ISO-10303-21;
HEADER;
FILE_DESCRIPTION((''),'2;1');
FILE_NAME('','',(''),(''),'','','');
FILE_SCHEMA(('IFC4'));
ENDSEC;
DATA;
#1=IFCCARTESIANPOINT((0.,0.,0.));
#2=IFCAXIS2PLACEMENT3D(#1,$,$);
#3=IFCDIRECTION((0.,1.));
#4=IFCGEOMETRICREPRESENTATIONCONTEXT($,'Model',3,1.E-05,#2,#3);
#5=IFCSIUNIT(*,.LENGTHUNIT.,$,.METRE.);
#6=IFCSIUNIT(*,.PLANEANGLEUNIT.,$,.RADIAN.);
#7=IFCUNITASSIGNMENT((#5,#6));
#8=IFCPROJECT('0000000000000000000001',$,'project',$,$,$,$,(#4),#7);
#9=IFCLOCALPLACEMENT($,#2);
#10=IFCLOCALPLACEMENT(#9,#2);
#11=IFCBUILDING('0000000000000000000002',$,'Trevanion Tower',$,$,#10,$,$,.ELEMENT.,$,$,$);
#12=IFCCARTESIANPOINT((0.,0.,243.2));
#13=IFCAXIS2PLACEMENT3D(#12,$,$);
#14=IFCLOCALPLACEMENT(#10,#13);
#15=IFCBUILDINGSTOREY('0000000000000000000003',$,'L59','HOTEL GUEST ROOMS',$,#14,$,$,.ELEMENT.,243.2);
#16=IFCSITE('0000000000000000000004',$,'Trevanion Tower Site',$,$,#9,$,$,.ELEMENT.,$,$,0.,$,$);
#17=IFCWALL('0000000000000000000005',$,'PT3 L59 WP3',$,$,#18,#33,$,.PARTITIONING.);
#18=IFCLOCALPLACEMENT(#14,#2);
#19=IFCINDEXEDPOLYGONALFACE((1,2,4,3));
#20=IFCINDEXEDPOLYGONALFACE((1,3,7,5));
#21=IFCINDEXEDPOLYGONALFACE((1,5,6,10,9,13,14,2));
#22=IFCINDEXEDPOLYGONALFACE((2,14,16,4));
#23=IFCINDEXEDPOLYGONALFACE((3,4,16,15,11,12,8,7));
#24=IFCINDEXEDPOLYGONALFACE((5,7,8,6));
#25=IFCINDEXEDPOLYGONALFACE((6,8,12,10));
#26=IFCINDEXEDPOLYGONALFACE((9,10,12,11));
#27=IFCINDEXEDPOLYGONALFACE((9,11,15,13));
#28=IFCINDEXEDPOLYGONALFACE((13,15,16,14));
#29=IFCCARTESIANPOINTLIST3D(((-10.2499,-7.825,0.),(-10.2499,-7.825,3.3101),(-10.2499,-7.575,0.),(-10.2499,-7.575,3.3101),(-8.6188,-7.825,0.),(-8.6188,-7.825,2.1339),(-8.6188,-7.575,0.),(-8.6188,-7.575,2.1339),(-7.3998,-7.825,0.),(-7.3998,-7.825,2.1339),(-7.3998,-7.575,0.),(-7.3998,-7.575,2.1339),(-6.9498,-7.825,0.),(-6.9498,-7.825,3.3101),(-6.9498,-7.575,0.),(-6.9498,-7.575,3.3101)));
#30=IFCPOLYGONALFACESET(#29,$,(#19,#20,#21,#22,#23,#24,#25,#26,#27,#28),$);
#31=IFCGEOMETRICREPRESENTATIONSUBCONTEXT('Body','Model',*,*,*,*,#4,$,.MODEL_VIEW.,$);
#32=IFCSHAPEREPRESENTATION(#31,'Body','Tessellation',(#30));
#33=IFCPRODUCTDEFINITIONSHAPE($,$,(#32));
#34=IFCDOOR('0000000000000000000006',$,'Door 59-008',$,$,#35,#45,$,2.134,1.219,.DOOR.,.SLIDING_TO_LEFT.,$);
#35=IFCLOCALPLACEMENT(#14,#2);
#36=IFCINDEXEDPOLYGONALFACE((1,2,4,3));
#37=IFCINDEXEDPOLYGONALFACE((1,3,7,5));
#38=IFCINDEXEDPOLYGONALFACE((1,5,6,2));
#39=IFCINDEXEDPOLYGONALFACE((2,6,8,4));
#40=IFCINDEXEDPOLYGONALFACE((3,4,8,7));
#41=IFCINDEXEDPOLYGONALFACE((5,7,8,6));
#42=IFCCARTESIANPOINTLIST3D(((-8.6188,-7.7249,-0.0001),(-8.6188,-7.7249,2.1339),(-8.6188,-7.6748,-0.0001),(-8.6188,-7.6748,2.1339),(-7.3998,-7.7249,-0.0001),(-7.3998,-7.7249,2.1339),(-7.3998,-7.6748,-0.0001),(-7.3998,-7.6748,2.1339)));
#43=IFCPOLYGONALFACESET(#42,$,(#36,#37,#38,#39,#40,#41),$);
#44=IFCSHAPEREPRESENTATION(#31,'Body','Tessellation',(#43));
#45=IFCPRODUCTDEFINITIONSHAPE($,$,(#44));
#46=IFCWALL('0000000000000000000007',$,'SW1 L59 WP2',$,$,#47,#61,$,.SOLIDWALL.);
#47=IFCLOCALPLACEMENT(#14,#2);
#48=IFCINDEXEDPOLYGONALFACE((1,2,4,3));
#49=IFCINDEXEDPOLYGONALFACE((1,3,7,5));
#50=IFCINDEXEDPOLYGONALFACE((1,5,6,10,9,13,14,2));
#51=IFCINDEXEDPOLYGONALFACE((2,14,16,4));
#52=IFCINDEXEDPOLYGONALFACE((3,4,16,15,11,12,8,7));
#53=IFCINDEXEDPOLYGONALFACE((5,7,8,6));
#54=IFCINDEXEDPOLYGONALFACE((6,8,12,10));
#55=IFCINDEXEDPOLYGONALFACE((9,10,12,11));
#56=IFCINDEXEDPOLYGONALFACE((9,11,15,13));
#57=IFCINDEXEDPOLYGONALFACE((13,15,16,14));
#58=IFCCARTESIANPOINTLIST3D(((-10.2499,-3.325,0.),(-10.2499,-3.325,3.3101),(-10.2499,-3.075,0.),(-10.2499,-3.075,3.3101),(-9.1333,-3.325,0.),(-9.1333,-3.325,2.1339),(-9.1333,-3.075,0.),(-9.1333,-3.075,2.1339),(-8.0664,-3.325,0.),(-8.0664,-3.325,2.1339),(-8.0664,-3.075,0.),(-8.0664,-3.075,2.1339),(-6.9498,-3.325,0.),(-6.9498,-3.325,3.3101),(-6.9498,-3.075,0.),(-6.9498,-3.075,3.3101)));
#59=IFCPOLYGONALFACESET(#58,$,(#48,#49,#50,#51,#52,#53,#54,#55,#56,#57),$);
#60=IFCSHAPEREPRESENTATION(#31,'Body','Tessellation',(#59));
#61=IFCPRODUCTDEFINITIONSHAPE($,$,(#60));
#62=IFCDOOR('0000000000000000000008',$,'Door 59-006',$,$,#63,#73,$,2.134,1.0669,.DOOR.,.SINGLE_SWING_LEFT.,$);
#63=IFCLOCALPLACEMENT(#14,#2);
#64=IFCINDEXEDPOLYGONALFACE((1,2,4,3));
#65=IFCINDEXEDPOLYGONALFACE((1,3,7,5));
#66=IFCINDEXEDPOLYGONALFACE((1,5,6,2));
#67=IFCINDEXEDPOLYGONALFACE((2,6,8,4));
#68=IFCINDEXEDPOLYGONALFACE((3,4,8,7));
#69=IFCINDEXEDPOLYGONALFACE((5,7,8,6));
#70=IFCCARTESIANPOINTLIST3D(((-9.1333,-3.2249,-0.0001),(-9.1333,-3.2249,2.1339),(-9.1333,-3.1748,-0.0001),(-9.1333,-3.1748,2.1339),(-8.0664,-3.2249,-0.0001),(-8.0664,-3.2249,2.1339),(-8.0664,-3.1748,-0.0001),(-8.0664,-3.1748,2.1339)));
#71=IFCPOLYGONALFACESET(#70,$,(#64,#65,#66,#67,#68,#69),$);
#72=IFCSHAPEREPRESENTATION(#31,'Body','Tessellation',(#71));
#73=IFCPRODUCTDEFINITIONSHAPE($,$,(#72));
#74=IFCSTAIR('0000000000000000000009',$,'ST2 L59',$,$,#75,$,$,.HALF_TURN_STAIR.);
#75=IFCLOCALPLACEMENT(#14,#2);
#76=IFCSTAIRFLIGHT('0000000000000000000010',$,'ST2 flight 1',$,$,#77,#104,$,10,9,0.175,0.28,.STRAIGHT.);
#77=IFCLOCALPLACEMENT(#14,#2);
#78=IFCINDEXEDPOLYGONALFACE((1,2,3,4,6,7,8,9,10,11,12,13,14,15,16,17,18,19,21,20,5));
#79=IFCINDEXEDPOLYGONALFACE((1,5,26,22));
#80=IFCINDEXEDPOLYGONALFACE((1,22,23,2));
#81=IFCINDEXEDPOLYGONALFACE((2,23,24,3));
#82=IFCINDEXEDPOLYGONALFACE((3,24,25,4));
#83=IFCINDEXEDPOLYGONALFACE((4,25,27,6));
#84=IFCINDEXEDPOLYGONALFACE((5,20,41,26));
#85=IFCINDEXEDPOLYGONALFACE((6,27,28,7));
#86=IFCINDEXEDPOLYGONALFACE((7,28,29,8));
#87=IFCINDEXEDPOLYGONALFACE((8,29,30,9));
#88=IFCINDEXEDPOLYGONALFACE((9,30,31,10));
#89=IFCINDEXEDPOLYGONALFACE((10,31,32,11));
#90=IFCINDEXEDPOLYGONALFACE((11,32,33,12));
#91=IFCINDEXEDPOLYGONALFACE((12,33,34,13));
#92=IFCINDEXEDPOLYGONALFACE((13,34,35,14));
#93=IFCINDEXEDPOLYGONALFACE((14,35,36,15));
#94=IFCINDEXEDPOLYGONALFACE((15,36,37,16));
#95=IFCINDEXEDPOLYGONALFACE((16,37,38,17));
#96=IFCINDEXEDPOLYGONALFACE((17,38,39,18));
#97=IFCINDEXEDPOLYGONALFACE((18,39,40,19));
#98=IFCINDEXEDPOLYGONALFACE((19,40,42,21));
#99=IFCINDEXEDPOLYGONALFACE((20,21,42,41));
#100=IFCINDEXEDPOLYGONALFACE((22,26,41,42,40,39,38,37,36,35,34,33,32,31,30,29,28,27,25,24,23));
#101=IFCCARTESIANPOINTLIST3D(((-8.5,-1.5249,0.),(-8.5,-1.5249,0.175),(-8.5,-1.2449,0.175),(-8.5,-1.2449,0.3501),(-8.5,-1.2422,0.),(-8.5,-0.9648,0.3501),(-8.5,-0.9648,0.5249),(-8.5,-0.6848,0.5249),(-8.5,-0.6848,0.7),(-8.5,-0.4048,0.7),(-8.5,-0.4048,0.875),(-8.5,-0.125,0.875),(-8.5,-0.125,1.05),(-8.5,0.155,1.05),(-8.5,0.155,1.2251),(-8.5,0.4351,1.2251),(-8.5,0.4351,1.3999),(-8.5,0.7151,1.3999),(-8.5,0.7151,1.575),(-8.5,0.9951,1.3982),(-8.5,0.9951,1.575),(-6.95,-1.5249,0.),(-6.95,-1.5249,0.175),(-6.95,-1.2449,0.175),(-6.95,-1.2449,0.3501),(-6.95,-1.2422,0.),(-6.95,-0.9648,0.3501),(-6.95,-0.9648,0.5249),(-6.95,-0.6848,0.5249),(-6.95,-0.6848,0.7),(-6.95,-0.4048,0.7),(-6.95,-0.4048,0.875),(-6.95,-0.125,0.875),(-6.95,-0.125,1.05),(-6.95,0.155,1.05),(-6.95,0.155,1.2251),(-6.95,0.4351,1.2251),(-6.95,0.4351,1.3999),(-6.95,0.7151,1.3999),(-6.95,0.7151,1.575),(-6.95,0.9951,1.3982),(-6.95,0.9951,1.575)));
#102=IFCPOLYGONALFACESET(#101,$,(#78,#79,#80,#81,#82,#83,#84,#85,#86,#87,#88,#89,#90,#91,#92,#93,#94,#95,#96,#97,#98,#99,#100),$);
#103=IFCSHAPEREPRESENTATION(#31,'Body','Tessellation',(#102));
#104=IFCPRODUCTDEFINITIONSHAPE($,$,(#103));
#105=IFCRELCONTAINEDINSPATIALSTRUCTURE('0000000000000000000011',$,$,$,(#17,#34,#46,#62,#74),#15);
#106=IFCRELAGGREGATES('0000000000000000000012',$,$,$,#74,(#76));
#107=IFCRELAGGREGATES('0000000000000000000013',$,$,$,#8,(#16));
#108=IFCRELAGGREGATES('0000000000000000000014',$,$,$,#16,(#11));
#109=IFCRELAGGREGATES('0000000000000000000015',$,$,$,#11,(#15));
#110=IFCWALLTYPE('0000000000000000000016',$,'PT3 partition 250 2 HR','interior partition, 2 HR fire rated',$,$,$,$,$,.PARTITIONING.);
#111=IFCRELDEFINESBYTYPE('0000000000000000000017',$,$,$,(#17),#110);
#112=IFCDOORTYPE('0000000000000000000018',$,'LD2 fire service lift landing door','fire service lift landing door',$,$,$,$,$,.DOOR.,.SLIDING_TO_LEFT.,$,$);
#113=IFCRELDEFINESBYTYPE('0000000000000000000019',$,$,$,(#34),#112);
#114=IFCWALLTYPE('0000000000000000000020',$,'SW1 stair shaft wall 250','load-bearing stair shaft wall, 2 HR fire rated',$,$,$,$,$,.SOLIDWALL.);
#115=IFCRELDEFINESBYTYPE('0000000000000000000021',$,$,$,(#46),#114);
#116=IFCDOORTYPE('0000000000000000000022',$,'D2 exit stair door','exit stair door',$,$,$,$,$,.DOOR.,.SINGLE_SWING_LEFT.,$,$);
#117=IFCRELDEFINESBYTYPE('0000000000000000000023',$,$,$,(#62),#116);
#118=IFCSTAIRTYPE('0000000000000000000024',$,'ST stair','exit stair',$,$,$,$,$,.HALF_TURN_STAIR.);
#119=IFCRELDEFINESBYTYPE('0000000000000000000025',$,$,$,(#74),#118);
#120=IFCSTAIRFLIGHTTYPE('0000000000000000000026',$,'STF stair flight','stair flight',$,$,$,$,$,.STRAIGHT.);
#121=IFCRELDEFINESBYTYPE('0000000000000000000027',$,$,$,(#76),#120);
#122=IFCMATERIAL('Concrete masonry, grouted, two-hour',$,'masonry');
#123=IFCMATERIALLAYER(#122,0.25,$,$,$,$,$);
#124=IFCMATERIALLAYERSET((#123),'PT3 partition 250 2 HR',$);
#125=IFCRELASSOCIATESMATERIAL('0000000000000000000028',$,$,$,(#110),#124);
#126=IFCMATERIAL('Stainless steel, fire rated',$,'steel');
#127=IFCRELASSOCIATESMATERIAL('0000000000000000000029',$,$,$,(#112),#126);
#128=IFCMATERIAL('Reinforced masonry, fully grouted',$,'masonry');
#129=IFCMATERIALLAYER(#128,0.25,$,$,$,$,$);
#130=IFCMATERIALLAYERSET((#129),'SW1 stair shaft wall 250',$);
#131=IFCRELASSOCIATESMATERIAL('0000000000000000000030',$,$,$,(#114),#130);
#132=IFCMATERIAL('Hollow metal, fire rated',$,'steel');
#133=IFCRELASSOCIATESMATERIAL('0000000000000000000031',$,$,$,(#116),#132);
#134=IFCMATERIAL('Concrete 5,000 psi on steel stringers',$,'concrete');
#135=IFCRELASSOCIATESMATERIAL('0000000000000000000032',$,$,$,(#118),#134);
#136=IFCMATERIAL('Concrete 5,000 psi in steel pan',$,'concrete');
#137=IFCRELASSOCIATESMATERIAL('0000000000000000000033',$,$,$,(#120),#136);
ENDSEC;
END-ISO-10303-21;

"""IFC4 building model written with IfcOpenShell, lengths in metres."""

from ifc_helpers import new_model, si_unit, direction, frame, frame_2d, origin, place, context, subcontext, project, spatial, polyline, rectangle, outline, extrude, material, layer, layer_set, type_object, element, fill, aggregate, save


model = new_model("IFC4")

# Units and contexts
model_context = context("Model", 3, precision=1e-05, world=origin(), true_north=direction((0.0, 1.0)))
body_context = subcontext(model_context, "Body", "Model", "MODEL_VIEW")
ifc_project = project(units=[si_unit("LENGTHUNIT", "METRE"), si_unit("PLANEANGLEUNIT", "RADIAN")], contexts=[model_context])

# Site, building, storey
site_placement = place(None, origin())
site = spatial("IfcSite", under=ifc_project, at=site_placement, Name="Trevanion Tower Site", CompositionType="ELEMENT", RefElevation=0.0)
building_placement = place(site_placement, origin())
building = spatial("IfcBuilding", under=site, at=building_placement, Name="Trevanion Tower", CompositionType="ELEMENT")
storey_placement = place(building_placement, frame((0.0, 0.0, 243.2)))
storey = spatial("IfcBuildingStorey", under=building, at=storey_placement, Name="L59", Description="HOTEL GUEST ROOMS", CompositionType="ELEMENT", Elevation=243.2)

# Walls, openings, doors
ifc_material_1 = material(Name="Concrete masonry, grouted, two-hour", Category="masonry")
ifc_layer_1 = layer(ifc_material_1, 0.25)
ifc_layer_set_1 = layer_set([ifc_layer_1], Name="PT3 partition 250 2 HR")
wall_type_1 = type_object("IfcWallType", Name="PT3 partition 250 2 HR", Description="interior partition, 2 HR fire rated", PredefinedType="PARTITIONING", material=ifc_layer_set_1)
wall_1_placement = place(storey_placement, frame((-6.95, -7.7, 0.0), z_axis=(0.0, 0.0, 1.0), x_axis=(-1.0, 0.0, 0.0)))
wall_1 = element("IfcWall", 1, at=wall_1_placement, inside=storey, type_object=wall_type_1, Name="PT3 L59 WP3", PredefinedType="PARTITIONING", context=body_context, shape_type="SweptSolid", body=[
    extrude(rectangle(XDim=3.3, YDim=0.25, at=frame_2d((1.6499, 0.0))), origin(), (0.0, 0.0, 1.0), 3.3101),
])
opening_1_placement = place(wall_1_placement, frame((0.45, 0.0, 0.0)))
opening_1 = element("IfcOpeningElement", 2, at=opening_1_placement, cuts=wall_1, PredefinedType="OPENING", context=body_context, shape_type="SweptSolid", body=[
    extrude(rectangle(XDim=1.219, YDim=2.134, at=frame_2d((0.6094, 1.0669))), frame((0.0, 0.135, 0.0), z_axis=(0.0, -1.0, 0.0), x_axis=(1.0, 0.0, 0.0)), (0.0, 0.0, 1.0), 0.27),
])
ifc_material_2 = material(Name="Stainless steel, fire rated", Category="steel")
door_type_1 = type_object("IfcDoorType", Name="LD2 fire service lift landing door", Description="fire service lift landing door", OperationType="SLIDING_TO_LEFT", PredefinedType="DOOR", material=ifc_material_2)
door_1_placement = place(opening_1_placement, origin())
door_1 = element("IfcDoor", 3, at=door_1_placement, inside=storey, type_object=door_type_1, Name="Door 59-008", OperationType="SLIDING_TO_LEFT", OverallHeight=2.134, OverallWidth=1.219, PredefinedType="DOOR", context=body_context, shape_type="SweptSolid", body=[
    extrude(rectangle(XDim=1.219, YDim=2.134, at=frame_2d((0.6094, 1.0669))), frame((0.0, 0.0249, 0.0), z_axis=(0.0, -1.0, 0.0), x_axis=(1.0, 0.0, 0.0)), (0.0, 0.0, 1.0), 0.05),
])
fill(opening_1, door_1)
ifc_material_3 = material(Name="Reinforced masonry, fully grouted", Category="masonry")
ifc_layer_2 = layer(ifc_material_3, 0.25)
ifc_layer_set_2 = layer_set([ifc_layer_2], Name="SW1 stair shaft wall 250")
wall_type_2 = type_object("IfcWallType", Name="SW1 stair shaft wall 250", Description="load-bearing stair shaft wall, 2 HR fire rated", PredefinedType="SOLIDWALL", material=ifc_layer_set_2)
wall_2_placement = place(storey_placement, frame((-6.95, -3.2, 0.0), z_axis=(0.0, 0.0, 1.0), x_axis=(-1.0, 0.0, 0.0)))
wall_2 = element("IfcWall", 4, at=wall_2_placement, inside=storey, type_object=wall_type_2, Name="SW1 L59 WP2", PredefinedType="SOLIDWALL", context=body_context, shape_type="SweptSolid", body=[
    extrude(rectangle(XDim=3.3, YDim=0.25, at=frame_2d((1.6499, 0.0))), origin(), (0.0, 0.0, 1.0), 3.3101),
])
opening_2_placement = place(wall_2_placement, frame((1.1165, 0.0, 0.0)))
opening_2 = element("IfcOpeningElement", 5, at=opening_2_placement, cuts=wall_2, PredefinedType="OPENING", context=body_context, shape_type="SweptSolid", body=[
    extrude(rectangle(XDim=1.0669, YDim=2.134, at=frame_2d((0.5334, 1.0669))), frame((0.0, 0.135, 0.0), z_axis=(0.0, -1.0, 0.0), x_axis=(1.0, 0.0, 0.0)), (0.0, 0.0, 1.0), 0.27),
])
ifc_material_4 = material(Name="Hollow metal, fire rated", Category="steel")
door_type_2 = type_object("IfcDoorType", Name="D2 exit stair door", Description="exit stair door", OperationType="SINGLE_SWING_LEFT", PredefinedType="DOOR", material=ifc_material_4)
door_2_placement = place(opening_2_placement, origin())
door_2 = element("IfcDoor", 6, at=door_2_placement, inside=storey, type_object=door_type_2, Name="Door 59-006", OperationType="SINGLE_SWING_LEFT", OverallHeight=2.134, OverallWidth=1.0669, PredefinedType="DOOR", context=body_context, shape_type="SweptSolid", body=[
    extrude(rectangle(XDim=1.0669, YDim=2.134, at=frame_2d((0.5334, 1.0669))), frame((0.0, 0.0249, 0.0), z_axis=(0.0, -1.0, 0.0), x_axis=(1.0, 0.0, 0.0)), (0.0, 0.0, 1.0), 0.05),
])
fill(opening_2, door_2)

# Stair, stair flight
ifc_material_5 = material(Name="Concrete 5,000 psi on steel stringers", Category="concrete")
stair_type = type_object("IfcStairType", Name="ST stair", Description="exit stair", PredefinedType="HALF_TURN_STAIR", material=ifc_material_5)
stair_placement = place(storey_placement, origin())
stair = element("IfcStair", 7, at=stair_placement, inside=storey, type_object=stair_type, Name="ST2 L59", PredefinedType="HALF_TURN_STAIR")
ifc_material_6 = material(Name="Concrete 5,000 psi in steel pan", Category="concrete")
stair_flight_type = type_object("IfcStairFlightType", Name="STF stair flight", Description="stair flight", PredefinedType="STRAIGHT", material=ifc_material_6)
stair_flight_placement = place(storey_placement, frame((-7.7251, -1.5249, 0.0), z_axis=(0.0, 0.0, 1.0), x_axis=(0.0, 1.0, 0.0)))
stair_flight = element("IfcStairFlight", 8, at=stair_flight_placement, type_object=stair_flight_type, Name="ST2 flight 1", NumberOfRisers=10, NumberOfTreads=9, PredefinedType="STRAIGHT", RiserHeight=0.175, TreadLength=0.28, context=body_context, shape_type="SweptSolid", body=[
    extrude(outline(polyline([(0.0, 0.0), (0.0, 0.175), (0.28, 0.175), (0.28, 0.3501), (0.5601, 0.3501), (0.5601, 0.5249), (0.8401, 0.5249), (0.8401, 0.7), (1.1201, 0.7), (1.1201, 0.875), (1.3999, 0.875), (1.3999, 1.05), (1.6799, 1.05), (1.6799, 1.2251), (1.96, 1.2251), (1.96, 1.3999), (2.24, 1.3999), (2.24, 1.575), (2.52, 1.575), (2.52, 1.75), (2.52, 1.3982), (0.2827, 0.0), (0.0, 0.0)])), frame((0.0, 0.7749, 0.0), z_axis=(0.0, -1.0, 0.0), x_axis=(1.0, 0.0, 0.0)), (0.0, 0.0, 1.0), 1.55),
])
aggregate(stair, [stair_flight])

save(model, "model.ifc")
